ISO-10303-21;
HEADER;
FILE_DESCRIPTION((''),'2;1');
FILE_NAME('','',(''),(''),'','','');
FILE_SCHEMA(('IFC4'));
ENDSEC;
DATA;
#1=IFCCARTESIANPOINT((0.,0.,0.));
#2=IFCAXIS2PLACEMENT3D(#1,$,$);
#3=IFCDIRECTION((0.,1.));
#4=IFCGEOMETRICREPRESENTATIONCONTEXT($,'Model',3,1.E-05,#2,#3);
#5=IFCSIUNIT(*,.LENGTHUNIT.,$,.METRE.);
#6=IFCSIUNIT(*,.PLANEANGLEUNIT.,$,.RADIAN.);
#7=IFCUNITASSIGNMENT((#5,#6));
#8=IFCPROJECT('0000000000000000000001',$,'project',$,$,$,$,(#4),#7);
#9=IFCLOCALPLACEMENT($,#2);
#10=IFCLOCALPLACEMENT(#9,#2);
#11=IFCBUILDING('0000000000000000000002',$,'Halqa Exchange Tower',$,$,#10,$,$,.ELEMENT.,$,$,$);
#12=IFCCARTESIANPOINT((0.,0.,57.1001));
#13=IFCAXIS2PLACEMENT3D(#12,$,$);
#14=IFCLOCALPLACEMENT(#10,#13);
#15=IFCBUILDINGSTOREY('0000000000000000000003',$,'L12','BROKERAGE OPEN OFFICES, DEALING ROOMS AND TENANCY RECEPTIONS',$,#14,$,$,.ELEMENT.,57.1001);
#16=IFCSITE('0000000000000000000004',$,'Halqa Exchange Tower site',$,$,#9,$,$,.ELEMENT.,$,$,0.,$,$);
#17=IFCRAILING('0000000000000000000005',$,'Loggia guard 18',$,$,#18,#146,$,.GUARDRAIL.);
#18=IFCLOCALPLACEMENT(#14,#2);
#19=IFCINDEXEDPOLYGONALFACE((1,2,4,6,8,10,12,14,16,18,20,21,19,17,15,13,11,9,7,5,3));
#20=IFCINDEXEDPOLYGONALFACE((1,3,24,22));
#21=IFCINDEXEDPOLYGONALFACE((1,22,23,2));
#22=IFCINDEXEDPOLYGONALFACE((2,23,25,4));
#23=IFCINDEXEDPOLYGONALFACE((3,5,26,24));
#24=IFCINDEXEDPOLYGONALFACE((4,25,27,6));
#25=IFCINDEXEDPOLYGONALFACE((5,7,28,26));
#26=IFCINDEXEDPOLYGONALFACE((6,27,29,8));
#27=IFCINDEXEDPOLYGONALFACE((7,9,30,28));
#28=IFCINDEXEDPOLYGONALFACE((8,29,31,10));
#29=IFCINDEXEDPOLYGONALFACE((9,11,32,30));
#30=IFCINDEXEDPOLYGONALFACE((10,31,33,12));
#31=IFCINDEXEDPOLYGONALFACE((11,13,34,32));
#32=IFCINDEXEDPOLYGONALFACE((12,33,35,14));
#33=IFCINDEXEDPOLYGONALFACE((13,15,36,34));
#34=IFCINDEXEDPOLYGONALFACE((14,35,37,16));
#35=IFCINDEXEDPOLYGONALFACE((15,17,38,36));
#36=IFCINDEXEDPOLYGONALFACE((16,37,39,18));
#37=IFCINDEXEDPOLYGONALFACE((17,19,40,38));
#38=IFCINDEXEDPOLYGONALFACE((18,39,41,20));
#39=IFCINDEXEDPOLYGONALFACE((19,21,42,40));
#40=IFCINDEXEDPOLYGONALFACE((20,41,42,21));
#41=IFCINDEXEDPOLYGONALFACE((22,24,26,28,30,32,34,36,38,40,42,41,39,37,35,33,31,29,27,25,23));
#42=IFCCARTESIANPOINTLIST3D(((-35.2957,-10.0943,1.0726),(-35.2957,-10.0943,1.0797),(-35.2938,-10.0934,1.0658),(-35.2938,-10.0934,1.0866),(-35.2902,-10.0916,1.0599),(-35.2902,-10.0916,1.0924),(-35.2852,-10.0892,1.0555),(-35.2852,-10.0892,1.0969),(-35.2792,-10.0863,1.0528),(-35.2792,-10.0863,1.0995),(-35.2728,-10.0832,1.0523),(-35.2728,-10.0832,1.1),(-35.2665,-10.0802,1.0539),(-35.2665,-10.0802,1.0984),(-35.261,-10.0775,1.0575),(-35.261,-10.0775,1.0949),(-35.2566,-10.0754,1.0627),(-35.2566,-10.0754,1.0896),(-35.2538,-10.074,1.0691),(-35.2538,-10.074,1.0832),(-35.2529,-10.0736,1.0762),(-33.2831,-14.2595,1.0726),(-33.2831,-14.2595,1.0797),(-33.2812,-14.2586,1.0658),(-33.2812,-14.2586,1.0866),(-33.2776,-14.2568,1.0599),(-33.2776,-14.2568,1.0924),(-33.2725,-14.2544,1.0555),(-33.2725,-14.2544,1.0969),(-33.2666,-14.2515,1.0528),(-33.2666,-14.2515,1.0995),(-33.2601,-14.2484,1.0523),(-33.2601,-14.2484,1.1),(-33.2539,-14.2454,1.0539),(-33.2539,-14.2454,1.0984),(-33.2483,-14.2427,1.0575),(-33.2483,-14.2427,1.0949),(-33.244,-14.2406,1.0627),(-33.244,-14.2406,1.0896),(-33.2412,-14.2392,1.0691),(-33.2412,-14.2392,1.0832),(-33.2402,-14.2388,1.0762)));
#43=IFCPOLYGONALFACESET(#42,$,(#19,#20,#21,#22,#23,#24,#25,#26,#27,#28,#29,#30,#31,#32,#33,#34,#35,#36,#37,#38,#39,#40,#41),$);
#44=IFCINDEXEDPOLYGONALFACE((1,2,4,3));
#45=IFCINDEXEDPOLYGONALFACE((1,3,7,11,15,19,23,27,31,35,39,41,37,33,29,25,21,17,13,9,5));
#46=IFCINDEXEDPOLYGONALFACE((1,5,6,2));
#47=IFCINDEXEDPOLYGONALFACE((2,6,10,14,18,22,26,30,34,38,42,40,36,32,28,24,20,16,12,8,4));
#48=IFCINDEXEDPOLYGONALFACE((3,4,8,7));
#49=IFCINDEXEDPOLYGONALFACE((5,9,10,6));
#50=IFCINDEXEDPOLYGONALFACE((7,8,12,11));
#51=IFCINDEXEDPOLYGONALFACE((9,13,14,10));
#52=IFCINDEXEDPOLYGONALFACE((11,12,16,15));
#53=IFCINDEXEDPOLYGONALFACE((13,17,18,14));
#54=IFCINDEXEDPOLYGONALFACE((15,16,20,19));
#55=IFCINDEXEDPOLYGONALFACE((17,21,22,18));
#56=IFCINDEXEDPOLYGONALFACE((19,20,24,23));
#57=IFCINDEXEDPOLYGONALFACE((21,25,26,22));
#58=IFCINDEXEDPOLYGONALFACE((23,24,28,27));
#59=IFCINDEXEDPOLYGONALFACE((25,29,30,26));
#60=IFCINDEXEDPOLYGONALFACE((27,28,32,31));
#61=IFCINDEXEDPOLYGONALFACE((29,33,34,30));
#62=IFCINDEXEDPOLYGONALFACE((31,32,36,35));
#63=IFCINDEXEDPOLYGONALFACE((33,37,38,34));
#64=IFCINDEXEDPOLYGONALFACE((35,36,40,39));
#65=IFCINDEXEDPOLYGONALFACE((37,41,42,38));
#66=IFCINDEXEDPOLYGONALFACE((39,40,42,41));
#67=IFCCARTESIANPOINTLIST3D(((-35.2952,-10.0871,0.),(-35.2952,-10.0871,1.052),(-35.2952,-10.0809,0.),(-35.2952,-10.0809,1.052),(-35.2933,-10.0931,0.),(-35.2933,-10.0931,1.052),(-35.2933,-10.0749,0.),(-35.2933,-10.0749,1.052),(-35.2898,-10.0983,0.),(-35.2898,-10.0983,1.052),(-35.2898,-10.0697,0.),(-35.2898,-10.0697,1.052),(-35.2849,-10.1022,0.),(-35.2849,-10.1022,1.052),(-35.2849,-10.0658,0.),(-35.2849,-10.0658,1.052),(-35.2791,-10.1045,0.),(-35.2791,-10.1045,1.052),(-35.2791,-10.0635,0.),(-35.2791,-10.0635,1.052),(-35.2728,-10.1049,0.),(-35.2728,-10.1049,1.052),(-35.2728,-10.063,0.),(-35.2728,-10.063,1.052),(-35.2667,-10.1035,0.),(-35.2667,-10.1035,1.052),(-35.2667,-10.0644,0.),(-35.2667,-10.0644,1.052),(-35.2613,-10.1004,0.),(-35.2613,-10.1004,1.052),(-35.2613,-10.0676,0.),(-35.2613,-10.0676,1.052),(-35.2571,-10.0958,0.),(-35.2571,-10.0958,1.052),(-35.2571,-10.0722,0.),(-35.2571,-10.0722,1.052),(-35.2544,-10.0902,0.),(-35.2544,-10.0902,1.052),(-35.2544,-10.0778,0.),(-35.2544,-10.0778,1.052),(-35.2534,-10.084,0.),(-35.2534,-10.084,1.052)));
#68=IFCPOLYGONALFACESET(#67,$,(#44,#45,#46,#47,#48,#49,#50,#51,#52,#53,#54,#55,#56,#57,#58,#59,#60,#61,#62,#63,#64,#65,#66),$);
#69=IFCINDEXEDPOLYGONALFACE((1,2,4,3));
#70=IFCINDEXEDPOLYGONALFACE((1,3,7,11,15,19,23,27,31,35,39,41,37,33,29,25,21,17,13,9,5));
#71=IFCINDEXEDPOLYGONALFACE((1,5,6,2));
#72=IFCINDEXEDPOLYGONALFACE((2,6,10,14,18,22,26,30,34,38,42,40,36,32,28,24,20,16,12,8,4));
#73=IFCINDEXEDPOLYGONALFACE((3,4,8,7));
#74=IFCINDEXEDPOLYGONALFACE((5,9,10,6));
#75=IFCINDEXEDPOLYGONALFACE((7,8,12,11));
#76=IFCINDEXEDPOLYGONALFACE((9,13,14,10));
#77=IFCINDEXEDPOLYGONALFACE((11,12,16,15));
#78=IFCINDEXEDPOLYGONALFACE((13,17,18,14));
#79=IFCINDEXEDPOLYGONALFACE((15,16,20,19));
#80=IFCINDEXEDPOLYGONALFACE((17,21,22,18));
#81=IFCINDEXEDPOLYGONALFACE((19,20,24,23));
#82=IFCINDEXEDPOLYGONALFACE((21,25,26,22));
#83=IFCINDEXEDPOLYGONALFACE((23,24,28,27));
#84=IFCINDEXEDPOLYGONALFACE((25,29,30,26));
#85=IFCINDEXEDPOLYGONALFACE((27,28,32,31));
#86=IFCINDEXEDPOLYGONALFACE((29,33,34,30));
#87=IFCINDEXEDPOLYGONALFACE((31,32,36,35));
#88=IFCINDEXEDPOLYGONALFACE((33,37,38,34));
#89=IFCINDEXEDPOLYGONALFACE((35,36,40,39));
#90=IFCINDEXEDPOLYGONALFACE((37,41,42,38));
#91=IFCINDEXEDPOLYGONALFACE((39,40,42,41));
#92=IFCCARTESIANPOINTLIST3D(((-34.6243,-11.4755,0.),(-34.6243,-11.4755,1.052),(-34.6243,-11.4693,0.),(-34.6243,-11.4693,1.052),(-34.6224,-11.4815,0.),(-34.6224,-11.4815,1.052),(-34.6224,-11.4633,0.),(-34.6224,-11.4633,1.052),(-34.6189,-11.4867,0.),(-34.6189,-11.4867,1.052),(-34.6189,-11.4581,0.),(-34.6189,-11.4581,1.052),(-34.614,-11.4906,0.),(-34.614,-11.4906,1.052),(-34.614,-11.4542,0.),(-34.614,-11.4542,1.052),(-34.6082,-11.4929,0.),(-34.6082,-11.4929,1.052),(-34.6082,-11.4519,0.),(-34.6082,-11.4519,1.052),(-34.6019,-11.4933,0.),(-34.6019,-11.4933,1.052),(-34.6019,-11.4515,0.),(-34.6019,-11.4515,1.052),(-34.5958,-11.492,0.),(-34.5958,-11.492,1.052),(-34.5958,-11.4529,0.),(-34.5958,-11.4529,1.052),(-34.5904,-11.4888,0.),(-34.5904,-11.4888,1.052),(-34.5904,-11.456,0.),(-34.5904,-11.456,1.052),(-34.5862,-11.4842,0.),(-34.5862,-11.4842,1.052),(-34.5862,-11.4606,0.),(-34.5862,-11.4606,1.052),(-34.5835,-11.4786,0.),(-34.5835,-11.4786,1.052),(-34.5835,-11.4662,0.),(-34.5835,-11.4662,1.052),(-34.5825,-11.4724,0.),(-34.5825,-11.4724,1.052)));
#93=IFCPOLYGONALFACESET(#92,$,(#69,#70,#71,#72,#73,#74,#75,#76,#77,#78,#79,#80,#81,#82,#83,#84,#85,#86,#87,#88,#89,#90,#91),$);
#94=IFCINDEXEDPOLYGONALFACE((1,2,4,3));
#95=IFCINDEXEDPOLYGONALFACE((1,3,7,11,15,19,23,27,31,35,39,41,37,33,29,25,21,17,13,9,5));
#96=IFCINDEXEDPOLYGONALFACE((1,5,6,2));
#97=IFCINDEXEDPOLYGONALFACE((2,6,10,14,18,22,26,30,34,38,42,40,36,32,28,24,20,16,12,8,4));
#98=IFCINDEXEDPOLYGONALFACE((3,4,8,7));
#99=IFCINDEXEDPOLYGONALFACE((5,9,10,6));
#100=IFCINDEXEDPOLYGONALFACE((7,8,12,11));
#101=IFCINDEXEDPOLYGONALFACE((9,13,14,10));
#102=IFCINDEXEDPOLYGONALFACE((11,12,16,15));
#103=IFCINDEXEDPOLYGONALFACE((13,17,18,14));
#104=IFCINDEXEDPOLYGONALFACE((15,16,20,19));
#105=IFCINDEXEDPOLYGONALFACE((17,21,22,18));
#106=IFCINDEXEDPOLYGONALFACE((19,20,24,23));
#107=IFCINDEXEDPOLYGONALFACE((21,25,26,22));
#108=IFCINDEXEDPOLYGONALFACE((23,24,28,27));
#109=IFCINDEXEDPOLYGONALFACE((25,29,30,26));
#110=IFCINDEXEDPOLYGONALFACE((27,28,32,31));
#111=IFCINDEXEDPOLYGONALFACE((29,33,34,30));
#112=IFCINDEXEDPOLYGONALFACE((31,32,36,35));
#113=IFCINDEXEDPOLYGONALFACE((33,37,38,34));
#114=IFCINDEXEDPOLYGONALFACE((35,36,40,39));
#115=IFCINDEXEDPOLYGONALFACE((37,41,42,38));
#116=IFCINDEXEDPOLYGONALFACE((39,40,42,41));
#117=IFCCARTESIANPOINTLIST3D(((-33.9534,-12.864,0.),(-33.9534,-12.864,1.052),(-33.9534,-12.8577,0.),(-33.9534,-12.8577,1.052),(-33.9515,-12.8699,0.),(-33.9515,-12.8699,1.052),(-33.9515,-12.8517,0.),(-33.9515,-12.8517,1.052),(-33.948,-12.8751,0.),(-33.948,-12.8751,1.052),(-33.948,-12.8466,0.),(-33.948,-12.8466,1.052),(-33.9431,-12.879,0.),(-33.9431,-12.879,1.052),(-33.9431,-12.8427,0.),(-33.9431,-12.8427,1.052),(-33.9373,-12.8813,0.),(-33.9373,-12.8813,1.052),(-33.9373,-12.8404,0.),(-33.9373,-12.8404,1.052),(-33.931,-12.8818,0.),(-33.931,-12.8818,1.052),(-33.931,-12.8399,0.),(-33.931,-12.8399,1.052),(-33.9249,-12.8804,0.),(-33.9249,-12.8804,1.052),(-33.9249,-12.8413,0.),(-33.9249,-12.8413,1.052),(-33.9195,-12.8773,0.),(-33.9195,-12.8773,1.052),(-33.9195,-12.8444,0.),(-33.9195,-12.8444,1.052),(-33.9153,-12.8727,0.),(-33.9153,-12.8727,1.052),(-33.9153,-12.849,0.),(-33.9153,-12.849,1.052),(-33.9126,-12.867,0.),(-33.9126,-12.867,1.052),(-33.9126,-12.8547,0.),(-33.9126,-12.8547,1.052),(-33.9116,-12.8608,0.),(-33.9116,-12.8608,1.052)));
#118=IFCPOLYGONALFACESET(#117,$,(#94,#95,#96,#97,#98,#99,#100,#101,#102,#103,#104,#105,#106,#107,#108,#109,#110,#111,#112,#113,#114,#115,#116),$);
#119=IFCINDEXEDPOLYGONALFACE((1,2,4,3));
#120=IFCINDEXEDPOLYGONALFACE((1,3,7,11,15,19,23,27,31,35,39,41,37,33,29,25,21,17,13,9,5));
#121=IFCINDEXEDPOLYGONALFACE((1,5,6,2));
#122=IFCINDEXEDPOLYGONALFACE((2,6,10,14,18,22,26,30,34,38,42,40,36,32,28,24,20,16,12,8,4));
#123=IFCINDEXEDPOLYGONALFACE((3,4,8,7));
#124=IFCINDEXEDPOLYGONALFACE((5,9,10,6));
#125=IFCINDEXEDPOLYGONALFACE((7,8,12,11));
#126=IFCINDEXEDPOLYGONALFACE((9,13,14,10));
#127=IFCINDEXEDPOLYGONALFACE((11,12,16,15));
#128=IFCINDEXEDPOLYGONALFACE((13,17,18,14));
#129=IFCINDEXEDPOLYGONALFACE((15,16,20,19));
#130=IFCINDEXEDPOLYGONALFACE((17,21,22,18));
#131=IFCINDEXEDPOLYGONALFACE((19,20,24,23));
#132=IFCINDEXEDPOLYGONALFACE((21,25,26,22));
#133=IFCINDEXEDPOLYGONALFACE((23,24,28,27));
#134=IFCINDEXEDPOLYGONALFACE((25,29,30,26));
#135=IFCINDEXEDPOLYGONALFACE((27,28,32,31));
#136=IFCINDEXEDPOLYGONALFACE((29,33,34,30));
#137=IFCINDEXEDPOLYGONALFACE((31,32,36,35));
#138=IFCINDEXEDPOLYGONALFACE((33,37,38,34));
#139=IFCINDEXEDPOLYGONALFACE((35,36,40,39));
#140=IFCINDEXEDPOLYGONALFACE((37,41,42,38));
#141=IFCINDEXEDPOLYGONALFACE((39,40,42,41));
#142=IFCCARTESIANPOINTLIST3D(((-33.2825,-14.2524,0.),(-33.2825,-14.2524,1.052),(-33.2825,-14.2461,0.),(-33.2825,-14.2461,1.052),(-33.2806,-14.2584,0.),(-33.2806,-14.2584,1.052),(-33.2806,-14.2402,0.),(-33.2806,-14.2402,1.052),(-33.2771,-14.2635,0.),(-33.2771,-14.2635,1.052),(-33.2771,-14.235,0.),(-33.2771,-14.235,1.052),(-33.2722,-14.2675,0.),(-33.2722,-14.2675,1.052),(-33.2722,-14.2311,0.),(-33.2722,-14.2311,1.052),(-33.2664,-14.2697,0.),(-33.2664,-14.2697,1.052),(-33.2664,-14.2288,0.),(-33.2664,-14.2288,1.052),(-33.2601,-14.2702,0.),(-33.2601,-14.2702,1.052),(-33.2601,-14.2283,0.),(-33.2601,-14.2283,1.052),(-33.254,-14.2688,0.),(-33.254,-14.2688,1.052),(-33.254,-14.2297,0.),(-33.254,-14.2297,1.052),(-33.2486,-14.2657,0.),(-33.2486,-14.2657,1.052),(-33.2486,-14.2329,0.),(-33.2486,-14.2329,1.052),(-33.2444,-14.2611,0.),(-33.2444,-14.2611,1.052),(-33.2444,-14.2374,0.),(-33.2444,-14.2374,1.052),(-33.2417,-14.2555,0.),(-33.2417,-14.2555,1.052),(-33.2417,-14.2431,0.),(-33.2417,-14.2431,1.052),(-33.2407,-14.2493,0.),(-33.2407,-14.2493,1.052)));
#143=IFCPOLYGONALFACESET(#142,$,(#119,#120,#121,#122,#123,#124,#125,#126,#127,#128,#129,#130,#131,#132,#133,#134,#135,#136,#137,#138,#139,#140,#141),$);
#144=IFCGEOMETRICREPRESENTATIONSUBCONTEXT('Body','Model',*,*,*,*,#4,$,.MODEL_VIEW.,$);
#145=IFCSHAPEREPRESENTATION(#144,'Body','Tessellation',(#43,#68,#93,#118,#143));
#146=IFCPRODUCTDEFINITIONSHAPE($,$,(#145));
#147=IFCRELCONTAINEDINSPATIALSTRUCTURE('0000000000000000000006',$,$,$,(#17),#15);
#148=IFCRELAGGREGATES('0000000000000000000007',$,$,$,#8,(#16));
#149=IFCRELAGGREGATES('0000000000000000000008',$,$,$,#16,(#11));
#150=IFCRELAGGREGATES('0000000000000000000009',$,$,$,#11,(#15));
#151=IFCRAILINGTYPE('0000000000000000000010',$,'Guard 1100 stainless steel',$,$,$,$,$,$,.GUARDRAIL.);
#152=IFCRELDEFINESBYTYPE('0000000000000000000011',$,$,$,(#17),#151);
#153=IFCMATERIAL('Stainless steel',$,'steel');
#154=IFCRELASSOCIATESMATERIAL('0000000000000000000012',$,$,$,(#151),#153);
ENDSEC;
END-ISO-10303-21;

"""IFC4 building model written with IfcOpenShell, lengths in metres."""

from ifc_helpers import new_model, si_unit, direction, frame, origin, origin_2d, place, context, subcontext, project, spatial, circle, extrude, material, type_object, element, save


model = new_model("IFC4")

# Units and contexts
model_context = context("Model", 3, precision=1e-05, world=origin(), true_north=direction((0.0, 1.0)))
body_context = subcontext(model_context, "Body", "Model", "MODEL_VIEW")
ifc_project = project(units=[si_unit("LENGTHUNIT", "METRE"), si_unit("PLANEANGLEUNIT", "RADIAN")], contexts=[model_context])

# Site, building, storey
site_placement = place(None, origin())
site = spatial("IfcSite", under=ifc_project, at=site_placement, Name="Halqa Exchange Tower site", CompositionType="ELEMENT", RefElevation=0.0)
building_placement = place(site_placement, origin())
building = spatial("IfcBuilding", under=site, at=building_placement, Name="Halqa Exchange Tower", CompositionType="ELEMENT")
storey_placement = place(building_placement, frame((0.0, 0.0, 57.1001)))
storey = spatial("IfcBuildingStorey", under=building, at=storey_placement, Name="L12", Description="BROKERAGE OPEN OFFICES, DEALING ROOMS AND TENANCY RECEPTIONS", CompositionType="ELEMENT", Elevation=57.1001)

# Railing
ifc_material_1 = material(Name="Stainless steel", Category="steel")
railing_type = type_object("IfcRailingType", Name="Guard 1100 stainless steel", PredefinedType="GUARDRAIL", material=ifc_material_1)
railing_1_placement = place(storey_placement, frame((-35.2744, -10.084, 0.0)))
element("IfcRailing", 1, at=railing_1_placement, inside=storey, type_object=railing_type, Name="Loggia guard 18", PredefinedType="GUARDRAIL", context=body_context, shape_type="SweptSolid", body=[
    extrude(circle(Radius=0.0239, at=origin_2d()), frame((0.0, 0.0, 1.0762), z_axis=(0.435077, -0.900393, 0.0), x_axis=(0.900393, 0.435077, 0.0)), (0.0, 0.0, 1.0), 4.626),
    extrude(circle(Radius=0.021, at=origin_2d()), origin(), (0.0, 0.0, 1.0), 1.052),
    extrude(circle(Radius=0.021, at=origin_2d()), frame((0.6709, -1.3884, 0.0)), (0.0, 0.0, 1.0), 1.052),
    extrude(circle(Radius=0.021, at=origin_2d()), frame((1.3418, -2.7769, 0.0)), (0.0, 0.0, 1.0), 1.052),
    extrude(circle(Radius=0.021, at=origin_2d()), frame((2.0127, -4.1653, 0.0)), (0.0, 0.0, 1.0), 1.052),
])

save(model, "model.ifc")
